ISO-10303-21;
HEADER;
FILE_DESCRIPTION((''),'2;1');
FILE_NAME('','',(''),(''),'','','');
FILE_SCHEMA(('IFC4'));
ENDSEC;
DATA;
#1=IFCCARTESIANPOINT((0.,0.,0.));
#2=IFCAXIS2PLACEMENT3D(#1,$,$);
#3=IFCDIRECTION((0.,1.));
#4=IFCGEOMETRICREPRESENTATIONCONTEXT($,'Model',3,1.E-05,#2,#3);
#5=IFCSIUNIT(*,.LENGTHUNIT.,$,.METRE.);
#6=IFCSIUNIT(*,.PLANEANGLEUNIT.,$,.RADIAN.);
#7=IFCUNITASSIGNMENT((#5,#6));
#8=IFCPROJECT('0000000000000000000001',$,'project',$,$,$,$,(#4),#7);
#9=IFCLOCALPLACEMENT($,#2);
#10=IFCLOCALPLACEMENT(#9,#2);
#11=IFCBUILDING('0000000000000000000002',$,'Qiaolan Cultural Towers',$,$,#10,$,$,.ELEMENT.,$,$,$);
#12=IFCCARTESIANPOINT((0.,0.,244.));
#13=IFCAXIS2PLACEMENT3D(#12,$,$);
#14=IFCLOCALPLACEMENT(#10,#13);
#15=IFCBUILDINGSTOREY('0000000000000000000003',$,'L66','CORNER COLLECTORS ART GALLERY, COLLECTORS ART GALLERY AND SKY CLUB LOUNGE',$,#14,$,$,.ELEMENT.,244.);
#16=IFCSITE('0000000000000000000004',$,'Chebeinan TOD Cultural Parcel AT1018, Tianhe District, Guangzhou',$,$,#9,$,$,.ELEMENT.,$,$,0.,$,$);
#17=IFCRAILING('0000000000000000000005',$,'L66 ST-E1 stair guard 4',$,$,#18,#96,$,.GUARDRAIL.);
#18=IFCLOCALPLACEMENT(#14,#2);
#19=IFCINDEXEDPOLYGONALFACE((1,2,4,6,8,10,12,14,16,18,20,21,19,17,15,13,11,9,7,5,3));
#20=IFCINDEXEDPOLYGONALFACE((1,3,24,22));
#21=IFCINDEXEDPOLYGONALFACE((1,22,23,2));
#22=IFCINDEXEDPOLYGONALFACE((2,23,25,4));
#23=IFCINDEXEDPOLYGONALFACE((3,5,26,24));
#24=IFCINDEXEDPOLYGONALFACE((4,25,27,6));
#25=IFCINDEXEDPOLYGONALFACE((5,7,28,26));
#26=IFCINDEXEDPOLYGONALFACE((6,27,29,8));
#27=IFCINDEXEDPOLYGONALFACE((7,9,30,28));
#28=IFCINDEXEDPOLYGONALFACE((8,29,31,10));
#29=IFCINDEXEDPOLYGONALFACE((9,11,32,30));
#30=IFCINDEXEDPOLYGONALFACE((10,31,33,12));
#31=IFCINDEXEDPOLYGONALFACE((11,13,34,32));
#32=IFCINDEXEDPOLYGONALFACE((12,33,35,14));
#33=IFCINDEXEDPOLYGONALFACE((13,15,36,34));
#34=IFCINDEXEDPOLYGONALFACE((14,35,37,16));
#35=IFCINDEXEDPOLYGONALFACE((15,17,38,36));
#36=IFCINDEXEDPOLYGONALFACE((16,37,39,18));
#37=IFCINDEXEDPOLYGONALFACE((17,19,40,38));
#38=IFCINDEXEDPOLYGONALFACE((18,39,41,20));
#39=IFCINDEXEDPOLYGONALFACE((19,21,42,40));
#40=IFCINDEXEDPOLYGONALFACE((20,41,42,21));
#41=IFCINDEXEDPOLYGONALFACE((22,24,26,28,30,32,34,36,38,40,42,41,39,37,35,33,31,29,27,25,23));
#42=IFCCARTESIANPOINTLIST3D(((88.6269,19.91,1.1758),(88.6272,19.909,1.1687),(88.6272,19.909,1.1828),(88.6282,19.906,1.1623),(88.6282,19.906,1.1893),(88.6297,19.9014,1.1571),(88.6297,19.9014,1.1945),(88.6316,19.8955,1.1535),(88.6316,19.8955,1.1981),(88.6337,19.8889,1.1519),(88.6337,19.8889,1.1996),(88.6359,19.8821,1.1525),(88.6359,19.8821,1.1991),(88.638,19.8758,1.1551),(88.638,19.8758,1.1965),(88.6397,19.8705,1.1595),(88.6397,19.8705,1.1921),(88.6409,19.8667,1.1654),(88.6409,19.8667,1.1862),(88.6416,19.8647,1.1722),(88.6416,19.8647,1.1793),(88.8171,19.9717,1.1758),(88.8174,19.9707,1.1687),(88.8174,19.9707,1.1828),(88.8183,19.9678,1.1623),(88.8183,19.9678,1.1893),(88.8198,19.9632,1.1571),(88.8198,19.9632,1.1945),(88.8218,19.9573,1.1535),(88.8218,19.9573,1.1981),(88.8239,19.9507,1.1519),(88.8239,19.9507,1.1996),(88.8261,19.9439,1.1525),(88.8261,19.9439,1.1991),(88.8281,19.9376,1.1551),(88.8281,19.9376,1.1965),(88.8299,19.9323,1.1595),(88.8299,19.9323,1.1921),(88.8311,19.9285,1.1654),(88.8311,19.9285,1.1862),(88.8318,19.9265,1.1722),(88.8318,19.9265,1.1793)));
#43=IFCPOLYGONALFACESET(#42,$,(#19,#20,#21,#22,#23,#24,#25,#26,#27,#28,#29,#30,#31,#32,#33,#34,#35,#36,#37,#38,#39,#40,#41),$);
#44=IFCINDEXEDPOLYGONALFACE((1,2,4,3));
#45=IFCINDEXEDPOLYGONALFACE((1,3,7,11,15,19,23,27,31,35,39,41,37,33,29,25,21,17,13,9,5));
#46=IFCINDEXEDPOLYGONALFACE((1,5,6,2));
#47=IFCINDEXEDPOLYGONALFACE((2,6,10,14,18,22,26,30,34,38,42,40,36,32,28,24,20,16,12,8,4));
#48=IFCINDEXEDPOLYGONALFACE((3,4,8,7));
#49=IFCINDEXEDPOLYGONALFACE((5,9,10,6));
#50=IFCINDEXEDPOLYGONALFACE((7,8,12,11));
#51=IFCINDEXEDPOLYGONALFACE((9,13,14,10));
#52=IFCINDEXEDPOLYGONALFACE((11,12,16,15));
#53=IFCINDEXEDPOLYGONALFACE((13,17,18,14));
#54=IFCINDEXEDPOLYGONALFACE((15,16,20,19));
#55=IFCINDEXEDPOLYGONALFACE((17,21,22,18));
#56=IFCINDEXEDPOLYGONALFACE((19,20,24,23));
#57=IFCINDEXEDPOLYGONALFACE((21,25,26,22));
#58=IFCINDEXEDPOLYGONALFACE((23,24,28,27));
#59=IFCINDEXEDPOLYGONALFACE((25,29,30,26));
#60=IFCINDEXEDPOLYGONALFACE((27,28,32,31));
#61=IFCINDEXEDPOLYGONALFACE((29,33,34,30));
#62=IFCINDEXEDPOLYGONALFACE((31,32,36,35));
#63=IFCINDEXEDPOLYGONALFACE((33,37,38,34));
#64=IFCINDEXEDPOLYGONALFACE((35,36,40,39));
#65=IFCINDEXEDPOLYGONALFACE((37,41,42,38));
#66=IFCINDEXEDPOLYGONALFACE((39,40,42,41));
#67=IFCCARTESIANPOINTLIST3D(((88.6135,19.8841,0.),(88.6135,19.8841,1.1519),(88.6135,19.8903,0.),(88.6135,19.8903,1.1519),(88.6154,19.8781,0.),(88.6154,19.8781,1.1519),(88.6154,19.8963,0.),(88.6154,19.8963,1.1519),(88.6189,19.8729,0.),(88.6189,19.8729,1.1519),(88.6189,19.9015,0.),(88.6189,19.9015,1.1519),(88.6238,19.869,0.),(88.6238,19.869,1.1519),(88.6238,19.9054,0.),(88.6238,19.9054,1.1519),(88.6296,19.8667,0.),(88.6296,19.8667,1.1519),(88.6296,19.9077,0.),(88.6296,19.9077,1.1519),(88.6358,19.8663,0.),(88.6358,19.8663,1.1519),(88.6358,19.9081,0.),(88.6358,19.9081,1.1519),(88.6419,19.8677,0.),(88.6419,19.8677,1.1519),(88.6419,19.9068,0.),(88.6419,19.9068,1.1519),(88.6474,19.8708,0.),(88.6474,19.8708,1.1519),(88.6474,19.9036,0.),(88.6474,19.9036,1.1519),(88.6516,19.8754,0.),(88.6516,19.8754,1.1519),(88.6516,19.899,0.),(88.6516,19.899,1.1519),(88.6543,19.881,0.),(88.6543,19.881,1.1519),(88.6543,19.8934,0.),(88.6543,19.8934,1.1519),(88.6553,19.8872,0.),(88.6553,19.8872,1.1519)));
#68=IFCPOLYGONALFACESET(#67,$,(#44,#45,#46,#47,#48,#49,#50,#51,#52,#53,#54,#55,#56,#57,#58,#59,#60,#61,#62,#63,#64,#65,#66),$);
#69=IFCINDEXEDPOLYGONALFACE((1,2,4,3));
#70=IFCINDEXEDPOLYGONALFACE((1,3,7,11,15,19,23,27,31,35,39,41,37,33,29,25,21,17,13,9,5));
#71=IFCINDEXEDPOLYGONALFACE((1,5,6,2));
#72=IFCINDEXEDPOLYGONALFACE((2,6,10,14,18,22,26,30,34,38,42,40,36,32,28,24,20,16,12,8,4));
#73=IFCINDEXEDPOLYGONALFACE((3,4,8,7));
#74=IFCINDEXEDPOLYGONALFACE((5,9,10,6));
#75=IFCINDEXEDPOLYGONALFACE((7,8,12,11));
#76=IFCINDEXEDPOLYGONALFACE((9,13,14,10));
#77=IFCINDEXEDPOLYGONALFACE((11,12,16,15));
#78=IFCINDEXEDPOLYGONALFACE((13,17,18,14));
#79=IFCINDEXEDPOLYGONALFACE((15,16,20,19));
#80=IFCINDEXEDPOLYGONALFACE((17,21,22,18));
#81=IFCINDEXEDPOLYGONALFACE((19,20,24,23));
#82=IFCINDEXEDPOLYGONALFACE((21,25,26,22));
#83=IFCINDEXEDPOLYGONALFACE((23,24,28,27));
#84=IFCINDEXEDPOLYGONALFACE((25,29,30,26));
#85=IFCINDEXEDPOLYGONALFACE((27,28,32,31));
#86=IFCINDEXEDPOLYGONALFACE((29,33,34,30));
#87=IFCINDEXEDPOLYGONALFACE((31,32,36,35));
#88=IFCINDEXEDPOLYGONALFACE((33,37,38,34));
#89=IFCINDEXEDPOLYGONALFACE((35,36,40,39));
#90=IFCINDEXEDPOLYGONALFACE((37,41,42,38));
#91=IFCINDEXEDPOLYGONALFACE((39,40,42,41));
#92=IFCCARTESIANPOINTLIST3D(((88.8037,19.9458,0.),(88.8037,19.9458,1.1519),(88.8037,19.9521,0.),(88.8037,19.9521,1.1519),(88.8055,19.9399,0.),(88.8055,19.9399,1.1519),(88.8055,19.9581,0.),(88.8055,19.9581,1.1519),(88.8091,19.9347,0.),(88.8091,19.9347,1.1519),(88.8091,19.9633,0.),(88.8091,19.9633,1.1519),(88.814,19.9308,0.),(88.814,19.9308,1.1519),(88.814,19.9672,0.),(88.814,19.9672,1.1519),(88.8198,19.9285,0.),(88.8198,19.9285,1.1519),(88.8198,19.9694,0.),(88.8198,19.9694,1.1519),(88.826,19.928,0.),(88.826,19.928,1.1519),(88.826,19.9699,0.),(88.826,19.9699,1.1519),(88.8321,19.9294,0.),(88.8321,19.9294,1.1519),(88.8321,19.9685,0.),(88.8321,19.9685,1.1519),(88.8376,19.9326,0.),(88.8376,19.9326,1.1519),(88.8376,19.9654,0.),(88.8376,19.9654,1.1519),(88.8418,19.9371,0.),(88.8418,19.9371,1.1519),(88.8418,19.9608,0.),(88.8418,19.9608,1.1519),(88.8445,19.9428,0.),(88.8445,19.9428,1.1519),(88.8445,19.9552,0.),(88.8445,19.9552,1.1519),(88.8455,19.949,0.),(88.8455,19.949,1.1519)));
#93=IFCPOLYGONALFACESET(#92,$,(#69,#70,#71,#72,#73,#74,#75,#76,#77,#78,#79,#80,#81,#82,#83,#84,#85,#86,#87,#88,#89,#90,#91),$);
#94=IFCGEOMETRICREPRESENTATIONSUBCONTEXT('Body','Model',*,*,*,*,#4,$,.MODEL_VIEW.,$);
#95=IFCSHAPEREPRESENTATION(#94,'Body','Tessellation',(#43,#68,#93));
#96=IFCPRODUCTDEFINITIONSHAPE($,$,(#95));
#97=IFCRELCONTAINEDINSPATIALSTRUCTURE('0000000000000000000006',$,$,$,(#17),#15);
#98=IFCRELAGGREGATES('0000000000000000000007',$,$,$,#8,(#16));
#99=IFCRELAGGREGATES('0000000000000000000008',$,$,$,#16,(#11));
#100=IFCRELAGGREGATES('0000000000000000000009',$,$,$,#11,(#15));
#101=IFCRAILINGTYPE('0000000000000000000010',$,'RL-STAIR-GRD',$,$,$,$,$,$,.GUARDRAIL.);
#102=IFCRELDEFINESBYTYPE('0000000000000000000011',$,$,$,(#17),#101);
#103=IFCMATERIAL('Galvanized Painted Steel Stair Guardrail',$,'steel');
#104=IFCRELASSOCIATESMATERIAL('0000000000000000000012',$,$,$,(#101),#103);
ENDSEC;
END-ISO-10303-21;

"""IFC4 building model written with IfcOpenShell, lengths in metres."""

from ifc_helpers import new_model, si_unit, direction, frame, origin, origin_2d, place, context, subcontext, project, spatial, circle, extrude, material, type_object, element, save


model = new_model("IFC4")

# Units and contexts
model_context = context("Model", 3, precision=1e-05, world=origin(), true_north=direction((0.0, 1.0)))
body_context = subcontext(model_context, "Body", "Model", "MODEL_VIEW")
ifc_project = project(units=[si_unit("LENGTHUNIT", "METRE"), si_unit("PLANEANGLEUNIT", "RADIAN")], contexts=[model_context])

# Site, building, storey
site_placement = place(None, origin())
site = spatial("IfcSite", under=ifc_project, at=site_placement, Name="Chebeinan TOD Cultural Parcel AT1018, Tianhe District, Guangzhou", CompositionType="ELEMENT", RefElevation=0.0)
building_placement = place(site_placement, origin())
building = spatial("IfcBuilding", under=site, at=building_placement, Name="Qiaolan Cultural Towers", CompositionType="ELEMENT")
storey_placement = place(building_placement, frame((0.0, 0.0, 244.0)))
storey = spatial("IfcBuildingStorey", under=building, at=storey_placement, Name="L66", Description="CORNER COLLECTORS ART GALLERY, COLLECTORS ART GALLERY AND SKY CLUB LOUNGE", CompositionType="ELEMENT", Elevation=244.0)

# Railing
ifc_material_1 = material(Name="Galvanized Painted Steel Stair Guardrail", Category="steel")
railing_type_1 = type_object("IfcRailingType", Name="RL-STAIR-GRD", PredefinedType="GUARDRAIL", material=ifc_material_1)
railing_1_placement = place(storey_placement, frame((88.6343, 19.8872, 0.0)))
element("IfcRailing", 1, at=railing_1_placement, inside=storey, type_object=railing_type_1, Name="L66 ST-E1 stair guard 4", PredefinedType="GUARDRAIL", context=body_context, shape_type="SweptSolid", body=[
    extrude(circle(Radius=0.0239, at=origin_2d()), frame((0.0, 0.0, 1.1758), z_axis=(0.951097, 0.308893, 0.0), x_axis=(-0.308893, 0.951097, 0.0)), (0.0, 0.0, 1.0), 0.2),
    extrude(circle(Radius=0.021, at=origin_2d()), origin(), (0.0, 0.0, 1.0), 1.1519),
    extrude(circle(Radius=0.021, at=origin_2d()), frame((0.1902, 0.0618, 0.0)), (0.0, 0.0, 1.0), 1.1519),
])

save(model, "model.ifc")
